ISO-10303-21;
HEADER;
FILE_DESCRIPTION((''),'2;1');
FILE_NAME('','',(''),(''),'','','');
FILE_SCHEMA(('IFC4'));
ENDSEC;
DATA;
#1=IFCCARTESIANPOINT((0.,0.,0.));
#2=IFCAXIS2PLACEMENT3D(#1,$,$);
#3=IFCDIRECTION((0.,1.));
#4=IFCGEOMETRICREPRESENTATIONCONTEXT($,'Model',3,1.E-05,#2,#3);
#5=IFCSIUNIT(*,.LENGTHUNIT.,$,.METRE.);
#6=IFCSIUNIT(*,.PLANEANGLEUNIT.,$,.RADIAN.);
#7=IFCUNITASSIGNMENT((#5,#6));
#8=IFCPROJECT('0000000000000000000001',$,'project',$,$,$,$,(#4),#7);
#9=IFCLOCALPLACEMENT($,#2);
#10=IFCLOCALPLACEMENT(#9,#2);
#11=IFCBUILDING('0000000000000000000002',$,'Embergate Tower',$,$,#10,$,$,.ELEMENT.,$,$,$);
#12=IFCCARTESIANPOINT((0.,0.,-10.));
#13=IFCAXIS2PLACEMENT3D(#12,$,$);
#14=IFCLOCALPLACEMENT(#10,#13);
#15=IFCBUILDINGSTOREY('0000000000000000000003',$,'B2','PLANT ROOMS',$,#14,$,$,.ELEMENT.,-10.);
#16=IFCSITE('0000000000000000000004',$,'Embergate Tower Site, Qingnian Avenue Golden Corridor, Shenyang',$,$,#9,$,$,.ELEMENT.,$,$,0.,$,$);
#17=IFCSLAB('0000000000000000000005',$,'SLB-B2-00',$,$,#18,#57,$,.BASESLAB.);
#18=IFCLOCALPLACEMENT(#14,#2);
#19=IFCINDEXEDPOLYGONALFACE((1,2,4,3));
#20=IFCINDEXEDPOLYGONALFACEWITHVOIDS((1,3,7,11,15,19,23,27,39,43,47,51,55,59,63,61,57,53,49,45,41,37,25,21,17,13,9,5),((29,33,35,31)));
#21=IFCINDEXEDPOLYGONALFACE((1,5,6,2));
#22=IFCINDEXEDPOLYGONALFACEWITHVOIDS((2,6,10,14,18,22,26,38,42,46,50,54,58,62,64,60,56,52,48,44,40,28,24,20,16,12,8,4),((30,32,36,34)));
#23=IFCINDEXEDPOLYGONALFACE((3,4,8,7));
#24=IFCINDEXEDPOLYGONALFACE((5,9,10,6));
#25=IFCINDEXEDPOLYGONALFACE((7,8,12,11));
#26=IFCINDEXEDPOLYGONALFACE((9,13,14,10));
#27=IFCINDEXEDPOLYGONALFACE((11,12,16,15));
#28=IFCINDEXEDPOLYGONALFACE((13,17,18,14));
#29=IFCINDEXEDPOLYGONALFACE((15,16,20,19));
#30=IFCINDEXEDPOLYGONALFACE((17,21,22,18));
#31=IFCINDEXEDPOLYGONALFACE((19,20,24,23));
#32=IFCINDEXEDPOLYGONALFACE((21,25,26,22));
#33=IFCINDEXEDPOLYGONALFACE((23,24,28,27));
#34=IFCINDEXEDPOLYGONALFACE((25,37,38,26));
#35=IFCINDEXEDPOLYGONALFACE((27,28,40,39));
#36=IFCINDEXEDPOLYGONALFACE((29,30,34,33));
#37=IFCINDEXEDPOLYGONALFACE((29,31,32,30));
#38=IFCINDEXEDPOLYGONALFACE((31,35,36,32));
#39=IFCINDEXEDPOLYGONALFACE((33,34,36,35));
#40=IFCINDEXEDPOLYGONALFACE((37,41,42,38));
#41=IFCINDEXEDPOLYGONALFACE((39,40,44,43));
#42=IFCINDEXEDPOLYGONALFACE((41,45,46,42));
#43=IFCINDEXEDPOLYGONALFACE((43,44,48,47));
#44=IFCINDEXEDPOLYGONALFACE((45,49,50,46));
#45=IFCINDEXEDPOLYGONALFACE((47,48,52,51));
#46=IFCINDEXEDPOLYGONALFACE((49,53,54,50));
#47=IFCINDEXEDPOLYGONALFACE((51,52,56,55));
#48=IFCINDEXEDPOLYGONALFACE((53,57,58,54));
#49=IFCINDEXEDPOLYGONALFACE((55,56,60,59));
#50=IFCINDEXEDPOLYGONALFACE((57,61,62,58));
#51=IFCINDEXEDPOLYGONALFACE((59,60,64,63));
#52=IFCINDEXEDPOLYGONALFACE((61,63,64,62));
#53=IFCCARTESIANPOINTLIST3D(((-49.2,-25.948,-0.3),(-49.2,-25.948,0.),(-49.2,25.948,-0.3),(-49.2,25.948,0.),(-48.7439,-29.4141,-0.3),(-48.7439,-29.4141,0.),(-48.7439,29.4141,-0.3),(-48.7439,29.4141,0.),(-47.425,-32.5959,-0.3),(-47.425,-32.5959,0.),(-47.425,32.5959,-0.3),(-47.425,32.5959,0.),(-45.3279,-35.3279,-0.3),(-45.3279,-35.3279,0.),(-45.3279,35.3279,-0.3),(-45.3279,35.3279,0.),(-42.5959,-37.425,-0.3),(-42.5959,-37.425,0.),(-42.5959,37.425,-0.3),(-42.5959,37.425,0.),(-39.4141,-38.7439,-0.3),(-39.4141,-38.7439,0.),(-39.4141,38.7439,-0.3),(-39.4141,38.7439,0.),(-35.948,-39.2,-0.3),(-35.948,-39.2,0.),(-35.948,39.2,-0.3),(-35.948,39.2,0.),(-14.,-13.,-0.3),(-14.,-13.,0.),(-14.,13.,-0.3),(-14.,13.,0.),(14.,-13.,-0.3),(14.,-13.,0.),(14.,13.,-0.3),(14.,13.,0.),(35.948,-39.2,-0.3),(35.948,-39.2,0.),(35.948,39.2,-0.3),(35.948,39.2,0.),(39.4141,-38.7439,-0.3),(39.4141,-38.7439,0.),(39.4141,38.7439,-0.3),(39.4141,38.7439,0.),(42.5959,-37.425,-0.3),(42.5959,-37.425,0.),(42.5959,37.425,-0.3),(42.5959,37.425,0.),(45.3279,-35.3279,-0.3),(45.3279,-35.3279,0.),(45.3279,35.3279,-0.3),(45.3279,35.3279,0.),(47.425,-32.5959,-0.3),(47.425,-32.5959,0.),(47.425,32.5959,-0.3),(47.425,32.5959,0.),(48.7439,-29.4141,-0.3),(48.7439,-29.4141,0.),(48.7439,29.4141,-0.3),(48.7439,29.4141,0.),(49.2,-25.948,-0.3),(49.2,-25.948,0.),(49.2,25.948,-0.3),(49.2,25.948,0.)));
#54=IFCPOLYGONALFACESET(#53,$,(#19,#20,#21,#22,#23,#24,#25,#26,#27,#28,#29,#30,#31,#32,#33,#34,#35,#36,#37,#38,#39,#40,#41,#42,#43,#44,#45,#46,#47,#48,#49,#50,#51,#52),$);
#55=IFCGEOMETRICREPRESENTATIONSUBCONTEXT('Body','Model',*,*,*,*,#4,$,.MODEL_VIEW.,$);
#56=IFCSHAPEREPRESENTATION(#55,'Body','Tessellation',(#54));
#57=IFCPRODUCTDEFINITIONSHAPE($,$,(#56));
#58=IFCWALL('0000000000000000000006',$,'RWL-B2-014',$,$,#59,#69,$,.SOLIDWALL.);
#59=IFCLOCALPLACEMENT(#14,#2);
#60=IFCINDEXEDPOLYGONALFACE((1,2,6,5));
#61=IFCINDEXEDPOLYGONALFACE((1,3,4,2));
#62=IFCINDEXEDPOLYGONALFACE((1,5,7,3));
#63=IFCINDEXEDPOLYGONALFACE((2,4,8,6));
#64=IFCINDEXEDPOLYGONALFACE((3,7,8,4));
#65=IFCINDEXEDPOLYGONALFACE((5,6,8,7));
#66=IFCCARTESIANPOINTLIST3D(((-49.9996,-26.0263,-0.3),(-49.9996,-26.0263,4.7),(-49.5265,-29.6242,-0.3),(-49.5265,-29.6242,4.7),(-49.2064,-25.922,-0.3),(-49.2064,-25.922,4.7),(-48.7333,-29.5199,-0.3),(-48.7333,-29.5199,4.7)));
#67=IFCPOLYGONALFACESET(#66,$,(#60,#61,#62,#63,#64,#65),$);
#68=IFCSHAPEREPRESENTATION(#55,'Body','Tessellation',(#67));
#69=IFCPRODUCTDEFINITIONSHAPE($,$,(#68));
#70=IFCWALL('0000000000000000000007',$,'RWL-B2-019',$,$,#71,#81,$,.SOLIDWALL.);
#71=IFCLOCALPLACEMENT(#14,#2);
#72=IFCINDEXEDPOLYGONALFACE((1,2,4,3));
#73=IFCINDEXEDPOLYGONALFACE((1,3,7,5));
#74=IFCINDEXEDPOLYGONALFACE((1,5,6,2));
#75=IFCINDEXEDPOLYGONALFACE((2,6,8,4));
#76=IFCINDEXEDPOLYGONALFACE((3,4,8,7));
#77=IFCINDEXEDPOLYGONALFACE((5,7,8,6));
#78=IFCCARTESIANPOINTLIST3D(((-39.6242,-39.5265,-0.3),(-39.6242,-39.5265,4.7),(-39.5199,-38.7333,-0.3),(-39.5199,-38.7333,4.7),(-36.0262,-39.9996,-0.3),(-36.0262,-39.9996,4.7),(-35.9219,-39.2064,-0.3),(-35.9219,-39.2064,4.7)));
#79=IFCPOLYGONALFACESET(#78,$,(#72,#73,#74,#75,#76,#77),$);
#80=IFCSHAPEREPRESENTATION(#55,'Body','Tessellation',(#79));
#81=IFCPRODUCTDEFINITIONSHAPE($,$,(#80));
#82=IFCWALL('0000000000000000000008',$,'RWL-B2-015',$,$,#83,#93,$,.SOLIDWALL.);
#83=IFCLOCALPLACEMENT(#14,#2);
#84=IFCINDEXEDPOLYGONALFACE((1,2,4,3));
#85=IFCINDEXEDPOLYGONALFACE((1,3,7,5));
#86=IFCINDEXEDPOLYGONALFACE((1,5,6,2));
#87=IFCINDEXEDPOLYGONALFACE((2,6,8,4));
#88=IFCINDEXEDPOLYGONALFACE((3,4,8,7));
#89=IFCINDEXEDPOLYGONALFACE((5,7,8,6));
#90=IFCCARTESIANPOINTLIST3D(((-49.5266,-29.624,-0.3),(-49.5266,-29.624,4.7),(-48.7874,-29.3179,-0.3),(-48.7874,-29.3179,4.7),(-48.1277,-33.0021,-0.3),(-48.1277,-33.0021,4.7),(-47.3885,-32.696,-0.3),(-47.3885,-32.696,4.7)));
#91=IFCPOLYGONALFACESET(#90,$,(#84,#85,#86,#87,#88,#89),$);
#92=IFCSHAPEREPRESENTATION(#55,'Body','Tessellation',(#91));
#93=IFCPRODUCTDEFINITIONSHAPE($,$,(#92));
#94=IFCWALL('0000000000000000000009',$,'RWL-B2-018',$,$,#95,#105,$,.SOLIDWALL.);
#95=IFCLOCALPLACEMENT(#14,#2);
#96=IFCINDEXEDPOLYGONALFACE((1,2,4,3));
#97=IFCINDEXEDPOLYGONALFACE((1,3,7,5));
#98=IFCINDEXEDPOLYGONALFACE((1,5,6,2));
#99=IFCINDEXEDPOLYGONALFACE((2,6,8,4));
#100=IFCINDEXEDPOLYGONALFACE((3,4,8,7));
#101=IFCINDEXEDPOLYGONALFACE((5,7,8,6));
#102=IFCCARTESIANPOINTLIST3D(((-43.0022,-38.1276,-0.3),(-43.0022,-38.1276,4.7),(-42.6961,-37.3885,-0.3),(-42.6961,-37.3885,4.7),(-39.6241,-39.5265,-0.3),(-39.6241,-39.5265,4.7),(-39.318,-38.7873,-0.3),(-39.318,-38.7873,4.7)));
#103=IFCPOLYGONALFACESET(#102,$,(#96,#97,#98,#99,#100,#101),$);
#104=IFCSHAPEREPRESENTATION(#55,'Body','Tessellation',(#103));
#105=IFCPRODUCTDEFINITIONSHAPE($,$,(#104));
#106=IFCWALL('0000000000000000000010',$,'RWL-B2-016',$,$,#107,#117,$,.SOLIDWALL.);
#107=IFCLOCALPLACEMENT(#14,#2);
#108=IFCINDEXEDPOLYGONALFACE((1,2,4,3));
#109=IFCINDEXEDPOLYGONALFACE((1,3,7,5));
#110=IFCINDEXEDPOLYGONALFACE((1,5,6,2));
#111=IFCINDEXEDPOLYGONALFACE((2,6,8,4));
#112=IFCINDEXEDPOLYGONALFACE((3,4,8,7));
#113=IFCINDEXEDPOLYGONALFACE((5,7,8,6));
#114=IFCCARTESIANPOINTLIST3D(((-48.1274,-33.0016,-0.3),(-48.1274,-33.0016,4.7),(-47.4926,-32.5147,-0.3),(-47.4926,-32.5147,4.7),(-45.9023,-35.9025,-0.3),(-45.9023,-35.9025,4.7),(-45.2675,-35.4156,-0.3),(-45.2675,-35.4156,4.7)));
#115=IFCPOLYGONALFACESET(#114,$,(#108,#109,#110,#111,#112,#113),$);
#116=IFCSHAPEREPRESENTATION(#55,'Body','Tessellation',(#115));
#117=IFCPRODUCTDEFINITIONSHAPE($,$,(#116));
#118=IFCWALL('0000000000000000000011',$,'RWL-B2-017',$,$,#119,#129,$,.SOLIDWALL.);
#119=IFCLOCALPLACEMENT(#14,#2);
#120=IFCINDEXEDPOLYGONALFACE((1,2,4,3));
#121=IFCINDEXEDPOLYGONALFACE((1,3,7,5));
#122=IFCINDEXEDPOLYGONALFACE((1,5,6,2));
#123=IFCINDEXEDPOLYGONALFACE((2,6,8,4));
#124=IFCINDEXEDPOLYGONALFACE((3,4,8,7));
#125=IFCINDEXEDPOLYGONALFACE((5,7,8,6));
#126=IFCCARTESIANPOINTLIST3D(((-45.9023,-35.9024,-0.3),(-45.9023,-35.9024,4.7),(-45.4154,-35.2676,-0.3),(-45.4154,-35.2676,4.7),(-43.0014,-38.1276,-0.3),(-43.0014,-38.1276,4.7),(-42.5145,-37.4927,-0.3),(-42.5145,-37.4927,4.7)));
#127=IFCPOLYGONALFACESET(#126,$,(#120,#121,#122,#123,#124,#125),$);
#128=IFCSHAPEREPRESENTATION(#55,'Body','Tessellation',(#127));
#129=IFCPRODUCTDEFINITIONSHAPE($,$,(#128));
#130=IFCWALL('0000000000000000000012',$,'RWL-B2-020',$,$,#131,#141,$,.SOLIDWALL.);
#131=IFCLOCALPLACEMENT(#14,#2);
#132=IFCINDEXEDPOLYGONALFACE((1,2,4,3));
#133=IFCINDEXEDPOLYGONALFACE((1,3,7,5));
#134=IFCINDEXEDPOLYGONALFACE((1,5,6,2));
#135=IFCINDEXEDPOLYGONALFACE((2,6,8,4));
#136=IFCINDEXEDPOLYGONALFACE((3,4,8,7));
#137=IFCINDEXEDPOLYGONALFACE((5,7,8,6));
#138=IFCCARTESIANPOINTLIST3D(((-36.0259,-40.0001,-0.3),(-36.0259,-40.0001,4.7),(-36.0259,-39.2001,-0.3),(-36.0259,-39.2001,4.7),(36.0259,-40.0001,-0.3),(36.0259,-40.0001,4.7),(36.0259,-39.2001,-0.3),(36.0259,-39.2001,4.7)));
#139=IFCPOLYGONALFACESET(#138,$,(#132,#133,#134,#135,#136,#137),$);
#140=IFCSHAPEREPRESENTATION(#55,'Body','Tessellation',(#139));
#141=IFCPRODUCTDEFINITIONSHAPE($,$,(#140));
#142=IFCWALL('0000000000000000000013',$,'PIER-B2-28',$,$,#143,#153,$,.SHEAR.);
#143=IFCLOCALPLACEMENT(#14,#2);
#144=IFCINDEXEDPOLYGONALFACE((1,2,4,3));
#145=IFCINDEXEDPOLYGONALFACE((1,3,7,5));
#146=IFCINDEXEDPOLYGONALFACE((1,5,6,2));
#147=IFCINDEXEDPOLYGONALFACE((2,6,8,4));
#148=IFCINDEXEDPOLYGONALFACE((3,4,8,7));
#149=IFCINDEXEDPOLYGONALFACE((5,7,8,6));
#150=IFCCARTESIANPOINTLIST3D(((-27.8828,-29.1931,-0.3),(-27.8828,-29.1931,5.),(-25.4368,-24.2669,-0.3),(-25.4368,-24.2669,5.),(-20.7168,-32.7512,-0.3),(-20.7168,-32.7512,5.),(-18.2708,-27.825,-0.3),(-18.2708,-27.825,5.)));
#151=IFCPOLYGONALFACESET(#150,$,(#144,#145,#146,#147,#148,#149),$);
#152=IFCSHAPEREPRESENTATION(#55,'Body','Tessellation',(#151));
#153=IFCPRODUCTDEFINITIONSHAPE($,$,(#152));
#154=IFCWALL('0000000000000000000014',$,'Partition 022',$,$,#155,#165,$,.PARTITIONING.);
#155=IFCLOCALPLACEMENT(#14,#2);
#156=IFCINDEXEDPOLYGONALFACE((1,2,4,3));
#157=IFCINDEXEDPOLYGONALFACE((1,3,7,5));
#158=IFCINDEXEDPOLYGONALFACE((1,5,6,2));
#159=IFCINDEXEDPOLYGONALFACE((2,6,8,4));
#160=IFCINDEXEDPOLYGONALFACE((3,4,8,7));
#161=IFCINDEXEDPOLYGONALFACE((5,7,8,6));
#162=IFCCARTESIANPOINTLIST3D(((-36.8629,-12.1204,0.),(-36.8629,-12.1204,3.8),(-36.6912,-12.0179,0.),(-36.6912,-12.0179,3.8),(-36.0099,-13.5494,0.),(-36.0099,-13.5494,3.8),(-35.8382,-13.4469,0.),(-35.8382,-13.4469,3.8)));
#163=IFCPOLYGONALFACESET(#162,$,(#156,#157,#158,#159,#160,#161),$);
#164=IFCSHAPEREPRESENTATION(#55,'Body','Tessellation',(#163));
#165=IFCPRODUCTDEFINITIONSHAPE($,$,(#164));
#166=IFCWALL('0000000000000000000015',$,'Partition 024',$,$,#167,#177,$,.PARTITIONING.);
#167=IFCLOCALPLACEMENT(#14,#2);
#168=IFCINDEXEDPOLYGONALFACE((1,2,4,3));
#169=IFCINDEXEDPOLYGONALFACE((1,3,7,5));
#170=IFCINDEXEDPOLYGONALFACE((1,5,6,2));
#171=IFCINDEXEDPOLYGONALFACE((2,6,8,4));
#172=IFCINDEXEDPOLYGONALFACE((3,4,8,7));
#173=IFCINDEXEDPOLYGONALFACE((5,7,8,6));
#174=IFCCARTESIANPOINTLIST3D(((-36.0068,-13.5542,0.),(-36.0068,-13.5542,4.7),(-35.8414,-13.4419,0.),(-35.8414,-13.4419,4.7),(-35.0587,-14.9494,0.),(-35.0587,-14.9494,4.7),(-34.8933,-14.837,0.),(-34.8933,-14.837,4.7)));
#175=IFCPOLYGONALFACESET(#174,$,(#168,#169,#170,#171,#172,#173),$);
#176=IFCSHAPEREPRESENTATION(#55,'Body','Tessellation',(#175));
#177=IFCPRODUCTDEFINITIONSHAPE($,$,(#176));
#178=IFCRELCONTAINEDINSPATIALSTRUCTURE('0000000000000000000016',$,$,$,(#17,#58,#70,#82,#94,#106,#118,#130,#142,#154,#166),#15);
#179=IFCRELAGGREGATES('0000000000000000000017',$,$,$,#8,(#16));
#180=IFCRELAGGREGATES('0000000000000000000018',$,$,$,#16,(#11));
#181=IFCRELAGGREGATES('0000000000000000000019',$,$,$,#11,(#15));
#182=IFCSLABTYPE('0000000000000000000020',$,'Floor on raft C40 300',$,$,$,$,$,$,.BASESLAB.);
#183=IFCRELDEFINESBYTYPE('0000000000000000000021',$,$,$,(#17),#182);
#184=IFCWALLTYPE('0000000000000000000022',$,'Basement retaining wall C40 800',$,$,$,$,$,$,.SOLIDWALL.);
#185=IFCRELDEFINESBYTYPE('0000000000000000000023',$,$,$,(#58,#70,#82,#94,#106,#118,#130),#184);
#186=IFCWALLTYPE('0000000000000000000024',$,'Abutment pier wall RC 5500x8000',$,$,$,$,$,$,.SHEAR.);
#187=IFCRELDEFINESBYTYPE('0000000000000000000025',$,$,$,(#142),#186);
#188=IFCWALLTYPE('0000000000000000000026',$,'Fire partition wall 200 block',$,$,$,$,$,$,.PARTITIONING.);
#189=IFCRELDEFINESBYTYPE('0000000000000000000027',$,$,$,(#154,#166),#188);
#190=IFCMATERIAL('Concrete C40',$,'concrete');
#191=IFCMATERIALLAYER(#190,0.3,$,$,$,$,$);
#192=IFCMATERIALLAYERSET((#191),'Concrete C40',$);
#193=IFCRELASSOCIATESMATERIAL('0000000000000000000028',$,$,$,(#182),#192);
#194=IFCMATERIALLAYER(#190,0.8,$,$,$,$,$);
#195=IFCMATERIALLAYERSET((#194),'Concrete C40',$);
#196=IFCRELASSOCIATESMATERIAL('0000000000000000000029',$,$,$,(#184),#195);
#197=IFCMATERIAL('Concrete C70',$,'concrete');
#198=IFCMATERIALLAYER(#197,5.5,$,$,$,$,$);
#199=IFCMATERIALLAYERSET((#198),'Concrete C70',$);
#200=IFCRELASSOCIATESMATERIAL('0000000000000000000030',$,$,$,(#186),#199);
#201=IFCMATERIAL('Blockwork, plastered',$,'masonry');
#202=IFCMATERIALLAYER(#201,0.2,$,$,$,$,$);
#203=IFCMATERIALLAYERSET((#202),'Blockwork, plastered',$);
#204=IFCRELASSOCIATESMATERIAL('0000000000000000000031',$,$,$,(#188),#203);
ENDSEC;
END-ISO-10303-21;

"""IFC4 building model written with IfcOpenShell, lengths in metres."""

from ifc_helpers import new_model, si_unit, direction, frame, frame_2d, origin, place, context, subcontext, project, spatial, polyline, rectangle, outline, extrude, source, transform, mapped, material, layer, layer_set, type_object, element, save


model = new_model("IFC4")

# Units and contexts
model_context = context("Model", 3, precision=1e-05, world=origin(), true_north=direction((0.0, 1.0)))
body_context = subcontext(model_context, "Body", "Model", "MODEL_VIEW")
ifc_project = project(units=[si_unit("LENGTHUNIT", "METRE"), si_unit("PLANEANGLEUNIT", "RADIAN")], contexts=[model_context])

# Site, building, storey
site_placement = place(None, origin())
site = spatial("IfcSite", under=ifc_project, at=site_placement, Name="Embergate Tower Site, Qingnian Avenue Golden Corridor, Shenyang", CompositionType="ELEMENT", RefElevation=0.0)
building_placement = place(site_placement, origin())
building = spatial("IfcBuilding", under=site, at=building_placement, Name="Embergate Tower", CompositionType="ELEMENT")
storey_placement = place(building_placement, frame((0.0, 0.0, -10.0)))
storey = spatial("IfcBuildingStorey", under=building, at=storey_placement, Name="B2", Description="PLANT ROOMS", CompositionType="ELEMENT", Elevation=-10.0)

# Shared definitions
ifc_material_1 = material(Name="Concrete C40", Category="concrete")

# Shared definitions
ifc_material_2 = material(Name="Concrete C70", Category="concrete")

# Slab
ifc_layer_1 = layer(ifc_material_1, 0.3)
ifc_layer_set_1 = layer_set([ifc_layer_1], Name="Concrete C40")
slab_type = type_object("IfcSlabType", Name="Floor on raft C40 300", PredefinedType="BASESLAB", material=ifc_layer_set_1)
shared_shape_1 = source(origin(), body_context, "Body", "SweptSolid", [
    extrude(outline(polyline([(0.0, 0.0), (71.896, 0.0), (75.3621, 0.4561), (78.5439, 1.7749), (81.2759, 3.8721), (83.373, 6.604), (84.6919, 9.7859), (85.1479, 13.252), (85.1479, 65.1479), (84.6919, 68.614), (83.373, 71.7959), (81.2759, 74.5278), (78.5439, 76.625), (75.3621, 77.9438), (71.896, 78.3999), (0.0, 78.3999), (-3.4661, 77.9438), (-6.6479, 76.625), (-9.3799, 74.5278), (-11.4771, 71.7959), (-12.7959, 68.614), (-13.252, 65.1479), (-13.252, 13.252), (-12.7959, 9.7859), (-11.4771, 6.604), (-9.3799, 3.8721), (-6.6479, 1.7749), (-3.4661, 0.4561), (0.0, 0.0)]), holes=[polyline([(21.948, 26.2), (21.948, 52.2), (49.948, 52.2), (49.948, 26.2), (21.948, 26.2)])]), origin(), (0.0, 0.0, 1.0), 0.3),
])
slab_placement = place(storey_placement, frame((-35.948, -39.2, -0.3)))
element("IfcSlab", 1, at=slab_placement, inside=storey, type_object=slab_type, Name="SLB-B2-00", PredefinedType="BASESLAB", context=body_context, shape_type="MappedRepresentation", body=[
    mapped(shared_shape_1, transform((0.0, 0.0, 0.0))),
])

# Walls
ifc_layer_2 = layer(ifc_material_1, 0.8)
ifc_layer_set_2 = layer_set([ifc_layer_2], Name="Concrete C40")
wall_type_1 = type_object("IfcWallType", Name="Basement retaining wall C40 800", PredefinedType="SOLIDWALL", material=ifc_layer_set_2)
shared_shape_2 = source(origin(), body_context, "Body", "SweptSolid", [
    extrude(rectangle(XDim=3.6289, YDim=0.8, at=frame_2d((1.8145, 0.0))), origin(), (0.0, 0.0, 1.0), 5.0),
])
for number, where, z_axis, x_axis, name in (
    (2, (-49.603, -25.9741, -0.3), (0.0, 0.0, 1.0), (0.130383, -0.991464, 0.0), "RWL-B2-014"),
    (3, (-39.572, -39.1299, -0.3), (0.0, 0.0, 1.0), (0.991464, -0.130383, 0.0), "RWL-B2-019"),
):
    element("IfcWall", number, at=place(storey_placement, frame(where, z_axis=z_axis, x_axis=x_axis)), inside=storey, type_object=wall_type_1, Name=name, PredefinedType="SOLIDWALL", context=body_context, shape_type="MappedRepresentation", body=[
        mapped(shared_shape_2, transform((0.0, 0.0, 0.0))),
    ])
shared_shape_3 = source(origin(), body_context, "Body", "SweptSolid", [
    extrude(rectangle(XDim=3.6562, YDim=0.8, at=frame_2d((1.8281, 0.0))), origin(), (0.0, 0.0, 1.0), 5.0),
])
for number, where, z_axis, x_axis, name in (
    (4, (-49.157, -29.4709, -0.3), (0.0, 0.0, 1.0), (0.382599, -0.923914, 0.0), "RWL-B2-015"),
    (5, (-42.8491, -37.7581, -0.3), (0.0, 0.0, 1.0), (0.923914, -0.382599, 0.0), "RWL-B2-018"),
):
    element("IfcWall", number, at=place(storey_placement, frame(where, z_axis=z_axis, x_axis=x_axis)), inside=storey, type_object=wall_type_1, Name=name, PredefinedType="SOLIDWALL", context=body_context, shape_type="MappedRepresentation", body=[
        mapped(shared_shape_3, transform((0.0, 0.0, 0.0))),
    ])
shared_shape_4 = source(origin(), body_context, "Body", "SweptSolid", [
    extrude(rectangle(XDim=3.656, YDim=0.8, at=frame_2d((1.8281, 0.0))), origin(), (0.0, 0.0, 1.0), 5.0),
])
for number, where, z_axis, x_axis, name in (
    (6, (-47.8101, -32.7581, -0.3), (0.0, 0.0, 1.0), (0.608619, -0.793462, 0.0), "RWL-B2-016"),
    (7, (-45.6589, -35.585, -0.3), (0.0, 0.0, 1.0), (0.793462, -0.608619, 0.0), "RWL-B2-017"),
):
    element("IfcWall", number, at=place(storey_placement, frame(where, z_axis=z_axis, x_axis=x_axis)), inside=storey, type_object=wall_type_1, Name=name, PredefinedType="SOLIDWALL", context=body_context, shape_type="MappedRepresentation", body=[
        mapped(shared_shape_4, transform((0.0, 0.0, 0.0))),
    ])
shared_shape_5 = source(origin(), body_context, "Body", "SweptSolid", [
    extrude(rectangle(XDim=72.0518, YDim=0.8, at=frame_2d((36.0259, 0.0))), origin(), (0.0, 0.0, 1.0), 5.0),
])
wall_1_placement = place(storey_placement, frame((-36.0259, -39.6001, -0.3), z_axis=(0.0, 0.0, 1.0), x_axis=(1.0, 0.0, 0.0)))
element("IfcWall", 8, at=wall_1_placement, inside=storey, type_object=wall_type_1, Name="RWL-B2-020", PredefinedType="SOLIDWALL", context=body_context, shape_type="MappedRepresentation", body=[
    mapped(shared_shape_5, transform((0.0, 0.0, 0.0))),
])
ifc_layer_3 = layer(ifc_material_2, 5.5)
ifc_layer_set_3 = layer_set([ifc_layer_3], Name="Concrete C70")
wall_type_2 = type_object("IfcWallType", Name="Abutment pier wall RC 5500x8000", PredefinedType="SHEAR", material=ifc_layer_set_3)
shared_shape_6 = source(origin(), body_context, "Body", "SweptSolid", [
    extrude(rectangle(XDim=8.0007, YDim=5.5, at=frame_2d((4.0005, 0.0))), origin(), (0.0, 0.0, 1.0), 5.3),
])
wall_2_placement = place(storey_placement, frame((-26.6599, -26.73, -0.3), z_axis=(0.0, 0.0, 1.0), x_axis=(0.895669, -0.444722, 0.0)))
element("IfcWall", 9, at=wall_2_placement, inside=storey, type_object=wall_type_2, Name="PIER-B2-28", PredefinedType="SHEAR", context=body_context, shape_type="MappedRepresentation", body=[
    mapped(shared_shape_6, transform((0.0, 0.0, 0.0))),
])
ifc_material_3 = material(Name="Blockwork, plastered", Category="masonry")
ifc_layer_4 = layer(ifc_material_3, 0.2)
ifc_layer_set_4 = layer_set([ifc_layer_4], Name="Blockwork, plastered")
wall_type_3 = type_object("IfcWallType", Name="Fire partition wall 200 block", PredefinedType="PARTITIONING", material=ifc_layer_set_4)
shared_shape_7 = source(origin(), body_context, "Body", "SweptSolid", [
    extrude(rectangle(XDim=1.6643, YDim=0.2, at=frame_2d((0.832, 0.0))), origin(), (0.0, 0.0, 1.0), 3.8),
])
wall_3_placement = place(storey_placement, frame((-35.9241, -13.498, 0.0), z_axis=(0.0, 0.0, 1.0), x_axis=(-0.512574, 0.858643, 0.0)))
element("IfcWall", 10, at=wall_3_placement, inside=storey, type_object=wall_type_3, Name="Partition 022", PredefinedType="PARTITIONING", context=body_context, shape_type="MappedRepresentation", body=[
    mapped(shared_shape_7, transform((0.0, 0.0, 0.0))),
])
shared_shape_8 = source(origin(), body_context, "Body", "SweptSolid", [
    extrude(rectangle(XDim=1.6868, YDim=0.2, at=frame_2d((0.8433, 0.0))), origin(), (0.0, 0.0, 1.0), 4.7),
])
wall_4_placement = place(storey_placement, frame((-34.9761, -14.8931, 0.0), z_axis=(0.0, 0.0, 1.0), x_axis=(-0.562061, 0.827096, 0.0)))
element("IfcWall", 11, at=wall_4_placement, inside=storey, type_object=wall_type_3, Name="Partition 024", PredefinedType="PARTITIONING", context=body_context, shape_type="MappedRepresentation", body=[
    mapped(shared_shape_8, transform((0.0, 0.0, 0.0))),
])

save(model, "model.ifc")
